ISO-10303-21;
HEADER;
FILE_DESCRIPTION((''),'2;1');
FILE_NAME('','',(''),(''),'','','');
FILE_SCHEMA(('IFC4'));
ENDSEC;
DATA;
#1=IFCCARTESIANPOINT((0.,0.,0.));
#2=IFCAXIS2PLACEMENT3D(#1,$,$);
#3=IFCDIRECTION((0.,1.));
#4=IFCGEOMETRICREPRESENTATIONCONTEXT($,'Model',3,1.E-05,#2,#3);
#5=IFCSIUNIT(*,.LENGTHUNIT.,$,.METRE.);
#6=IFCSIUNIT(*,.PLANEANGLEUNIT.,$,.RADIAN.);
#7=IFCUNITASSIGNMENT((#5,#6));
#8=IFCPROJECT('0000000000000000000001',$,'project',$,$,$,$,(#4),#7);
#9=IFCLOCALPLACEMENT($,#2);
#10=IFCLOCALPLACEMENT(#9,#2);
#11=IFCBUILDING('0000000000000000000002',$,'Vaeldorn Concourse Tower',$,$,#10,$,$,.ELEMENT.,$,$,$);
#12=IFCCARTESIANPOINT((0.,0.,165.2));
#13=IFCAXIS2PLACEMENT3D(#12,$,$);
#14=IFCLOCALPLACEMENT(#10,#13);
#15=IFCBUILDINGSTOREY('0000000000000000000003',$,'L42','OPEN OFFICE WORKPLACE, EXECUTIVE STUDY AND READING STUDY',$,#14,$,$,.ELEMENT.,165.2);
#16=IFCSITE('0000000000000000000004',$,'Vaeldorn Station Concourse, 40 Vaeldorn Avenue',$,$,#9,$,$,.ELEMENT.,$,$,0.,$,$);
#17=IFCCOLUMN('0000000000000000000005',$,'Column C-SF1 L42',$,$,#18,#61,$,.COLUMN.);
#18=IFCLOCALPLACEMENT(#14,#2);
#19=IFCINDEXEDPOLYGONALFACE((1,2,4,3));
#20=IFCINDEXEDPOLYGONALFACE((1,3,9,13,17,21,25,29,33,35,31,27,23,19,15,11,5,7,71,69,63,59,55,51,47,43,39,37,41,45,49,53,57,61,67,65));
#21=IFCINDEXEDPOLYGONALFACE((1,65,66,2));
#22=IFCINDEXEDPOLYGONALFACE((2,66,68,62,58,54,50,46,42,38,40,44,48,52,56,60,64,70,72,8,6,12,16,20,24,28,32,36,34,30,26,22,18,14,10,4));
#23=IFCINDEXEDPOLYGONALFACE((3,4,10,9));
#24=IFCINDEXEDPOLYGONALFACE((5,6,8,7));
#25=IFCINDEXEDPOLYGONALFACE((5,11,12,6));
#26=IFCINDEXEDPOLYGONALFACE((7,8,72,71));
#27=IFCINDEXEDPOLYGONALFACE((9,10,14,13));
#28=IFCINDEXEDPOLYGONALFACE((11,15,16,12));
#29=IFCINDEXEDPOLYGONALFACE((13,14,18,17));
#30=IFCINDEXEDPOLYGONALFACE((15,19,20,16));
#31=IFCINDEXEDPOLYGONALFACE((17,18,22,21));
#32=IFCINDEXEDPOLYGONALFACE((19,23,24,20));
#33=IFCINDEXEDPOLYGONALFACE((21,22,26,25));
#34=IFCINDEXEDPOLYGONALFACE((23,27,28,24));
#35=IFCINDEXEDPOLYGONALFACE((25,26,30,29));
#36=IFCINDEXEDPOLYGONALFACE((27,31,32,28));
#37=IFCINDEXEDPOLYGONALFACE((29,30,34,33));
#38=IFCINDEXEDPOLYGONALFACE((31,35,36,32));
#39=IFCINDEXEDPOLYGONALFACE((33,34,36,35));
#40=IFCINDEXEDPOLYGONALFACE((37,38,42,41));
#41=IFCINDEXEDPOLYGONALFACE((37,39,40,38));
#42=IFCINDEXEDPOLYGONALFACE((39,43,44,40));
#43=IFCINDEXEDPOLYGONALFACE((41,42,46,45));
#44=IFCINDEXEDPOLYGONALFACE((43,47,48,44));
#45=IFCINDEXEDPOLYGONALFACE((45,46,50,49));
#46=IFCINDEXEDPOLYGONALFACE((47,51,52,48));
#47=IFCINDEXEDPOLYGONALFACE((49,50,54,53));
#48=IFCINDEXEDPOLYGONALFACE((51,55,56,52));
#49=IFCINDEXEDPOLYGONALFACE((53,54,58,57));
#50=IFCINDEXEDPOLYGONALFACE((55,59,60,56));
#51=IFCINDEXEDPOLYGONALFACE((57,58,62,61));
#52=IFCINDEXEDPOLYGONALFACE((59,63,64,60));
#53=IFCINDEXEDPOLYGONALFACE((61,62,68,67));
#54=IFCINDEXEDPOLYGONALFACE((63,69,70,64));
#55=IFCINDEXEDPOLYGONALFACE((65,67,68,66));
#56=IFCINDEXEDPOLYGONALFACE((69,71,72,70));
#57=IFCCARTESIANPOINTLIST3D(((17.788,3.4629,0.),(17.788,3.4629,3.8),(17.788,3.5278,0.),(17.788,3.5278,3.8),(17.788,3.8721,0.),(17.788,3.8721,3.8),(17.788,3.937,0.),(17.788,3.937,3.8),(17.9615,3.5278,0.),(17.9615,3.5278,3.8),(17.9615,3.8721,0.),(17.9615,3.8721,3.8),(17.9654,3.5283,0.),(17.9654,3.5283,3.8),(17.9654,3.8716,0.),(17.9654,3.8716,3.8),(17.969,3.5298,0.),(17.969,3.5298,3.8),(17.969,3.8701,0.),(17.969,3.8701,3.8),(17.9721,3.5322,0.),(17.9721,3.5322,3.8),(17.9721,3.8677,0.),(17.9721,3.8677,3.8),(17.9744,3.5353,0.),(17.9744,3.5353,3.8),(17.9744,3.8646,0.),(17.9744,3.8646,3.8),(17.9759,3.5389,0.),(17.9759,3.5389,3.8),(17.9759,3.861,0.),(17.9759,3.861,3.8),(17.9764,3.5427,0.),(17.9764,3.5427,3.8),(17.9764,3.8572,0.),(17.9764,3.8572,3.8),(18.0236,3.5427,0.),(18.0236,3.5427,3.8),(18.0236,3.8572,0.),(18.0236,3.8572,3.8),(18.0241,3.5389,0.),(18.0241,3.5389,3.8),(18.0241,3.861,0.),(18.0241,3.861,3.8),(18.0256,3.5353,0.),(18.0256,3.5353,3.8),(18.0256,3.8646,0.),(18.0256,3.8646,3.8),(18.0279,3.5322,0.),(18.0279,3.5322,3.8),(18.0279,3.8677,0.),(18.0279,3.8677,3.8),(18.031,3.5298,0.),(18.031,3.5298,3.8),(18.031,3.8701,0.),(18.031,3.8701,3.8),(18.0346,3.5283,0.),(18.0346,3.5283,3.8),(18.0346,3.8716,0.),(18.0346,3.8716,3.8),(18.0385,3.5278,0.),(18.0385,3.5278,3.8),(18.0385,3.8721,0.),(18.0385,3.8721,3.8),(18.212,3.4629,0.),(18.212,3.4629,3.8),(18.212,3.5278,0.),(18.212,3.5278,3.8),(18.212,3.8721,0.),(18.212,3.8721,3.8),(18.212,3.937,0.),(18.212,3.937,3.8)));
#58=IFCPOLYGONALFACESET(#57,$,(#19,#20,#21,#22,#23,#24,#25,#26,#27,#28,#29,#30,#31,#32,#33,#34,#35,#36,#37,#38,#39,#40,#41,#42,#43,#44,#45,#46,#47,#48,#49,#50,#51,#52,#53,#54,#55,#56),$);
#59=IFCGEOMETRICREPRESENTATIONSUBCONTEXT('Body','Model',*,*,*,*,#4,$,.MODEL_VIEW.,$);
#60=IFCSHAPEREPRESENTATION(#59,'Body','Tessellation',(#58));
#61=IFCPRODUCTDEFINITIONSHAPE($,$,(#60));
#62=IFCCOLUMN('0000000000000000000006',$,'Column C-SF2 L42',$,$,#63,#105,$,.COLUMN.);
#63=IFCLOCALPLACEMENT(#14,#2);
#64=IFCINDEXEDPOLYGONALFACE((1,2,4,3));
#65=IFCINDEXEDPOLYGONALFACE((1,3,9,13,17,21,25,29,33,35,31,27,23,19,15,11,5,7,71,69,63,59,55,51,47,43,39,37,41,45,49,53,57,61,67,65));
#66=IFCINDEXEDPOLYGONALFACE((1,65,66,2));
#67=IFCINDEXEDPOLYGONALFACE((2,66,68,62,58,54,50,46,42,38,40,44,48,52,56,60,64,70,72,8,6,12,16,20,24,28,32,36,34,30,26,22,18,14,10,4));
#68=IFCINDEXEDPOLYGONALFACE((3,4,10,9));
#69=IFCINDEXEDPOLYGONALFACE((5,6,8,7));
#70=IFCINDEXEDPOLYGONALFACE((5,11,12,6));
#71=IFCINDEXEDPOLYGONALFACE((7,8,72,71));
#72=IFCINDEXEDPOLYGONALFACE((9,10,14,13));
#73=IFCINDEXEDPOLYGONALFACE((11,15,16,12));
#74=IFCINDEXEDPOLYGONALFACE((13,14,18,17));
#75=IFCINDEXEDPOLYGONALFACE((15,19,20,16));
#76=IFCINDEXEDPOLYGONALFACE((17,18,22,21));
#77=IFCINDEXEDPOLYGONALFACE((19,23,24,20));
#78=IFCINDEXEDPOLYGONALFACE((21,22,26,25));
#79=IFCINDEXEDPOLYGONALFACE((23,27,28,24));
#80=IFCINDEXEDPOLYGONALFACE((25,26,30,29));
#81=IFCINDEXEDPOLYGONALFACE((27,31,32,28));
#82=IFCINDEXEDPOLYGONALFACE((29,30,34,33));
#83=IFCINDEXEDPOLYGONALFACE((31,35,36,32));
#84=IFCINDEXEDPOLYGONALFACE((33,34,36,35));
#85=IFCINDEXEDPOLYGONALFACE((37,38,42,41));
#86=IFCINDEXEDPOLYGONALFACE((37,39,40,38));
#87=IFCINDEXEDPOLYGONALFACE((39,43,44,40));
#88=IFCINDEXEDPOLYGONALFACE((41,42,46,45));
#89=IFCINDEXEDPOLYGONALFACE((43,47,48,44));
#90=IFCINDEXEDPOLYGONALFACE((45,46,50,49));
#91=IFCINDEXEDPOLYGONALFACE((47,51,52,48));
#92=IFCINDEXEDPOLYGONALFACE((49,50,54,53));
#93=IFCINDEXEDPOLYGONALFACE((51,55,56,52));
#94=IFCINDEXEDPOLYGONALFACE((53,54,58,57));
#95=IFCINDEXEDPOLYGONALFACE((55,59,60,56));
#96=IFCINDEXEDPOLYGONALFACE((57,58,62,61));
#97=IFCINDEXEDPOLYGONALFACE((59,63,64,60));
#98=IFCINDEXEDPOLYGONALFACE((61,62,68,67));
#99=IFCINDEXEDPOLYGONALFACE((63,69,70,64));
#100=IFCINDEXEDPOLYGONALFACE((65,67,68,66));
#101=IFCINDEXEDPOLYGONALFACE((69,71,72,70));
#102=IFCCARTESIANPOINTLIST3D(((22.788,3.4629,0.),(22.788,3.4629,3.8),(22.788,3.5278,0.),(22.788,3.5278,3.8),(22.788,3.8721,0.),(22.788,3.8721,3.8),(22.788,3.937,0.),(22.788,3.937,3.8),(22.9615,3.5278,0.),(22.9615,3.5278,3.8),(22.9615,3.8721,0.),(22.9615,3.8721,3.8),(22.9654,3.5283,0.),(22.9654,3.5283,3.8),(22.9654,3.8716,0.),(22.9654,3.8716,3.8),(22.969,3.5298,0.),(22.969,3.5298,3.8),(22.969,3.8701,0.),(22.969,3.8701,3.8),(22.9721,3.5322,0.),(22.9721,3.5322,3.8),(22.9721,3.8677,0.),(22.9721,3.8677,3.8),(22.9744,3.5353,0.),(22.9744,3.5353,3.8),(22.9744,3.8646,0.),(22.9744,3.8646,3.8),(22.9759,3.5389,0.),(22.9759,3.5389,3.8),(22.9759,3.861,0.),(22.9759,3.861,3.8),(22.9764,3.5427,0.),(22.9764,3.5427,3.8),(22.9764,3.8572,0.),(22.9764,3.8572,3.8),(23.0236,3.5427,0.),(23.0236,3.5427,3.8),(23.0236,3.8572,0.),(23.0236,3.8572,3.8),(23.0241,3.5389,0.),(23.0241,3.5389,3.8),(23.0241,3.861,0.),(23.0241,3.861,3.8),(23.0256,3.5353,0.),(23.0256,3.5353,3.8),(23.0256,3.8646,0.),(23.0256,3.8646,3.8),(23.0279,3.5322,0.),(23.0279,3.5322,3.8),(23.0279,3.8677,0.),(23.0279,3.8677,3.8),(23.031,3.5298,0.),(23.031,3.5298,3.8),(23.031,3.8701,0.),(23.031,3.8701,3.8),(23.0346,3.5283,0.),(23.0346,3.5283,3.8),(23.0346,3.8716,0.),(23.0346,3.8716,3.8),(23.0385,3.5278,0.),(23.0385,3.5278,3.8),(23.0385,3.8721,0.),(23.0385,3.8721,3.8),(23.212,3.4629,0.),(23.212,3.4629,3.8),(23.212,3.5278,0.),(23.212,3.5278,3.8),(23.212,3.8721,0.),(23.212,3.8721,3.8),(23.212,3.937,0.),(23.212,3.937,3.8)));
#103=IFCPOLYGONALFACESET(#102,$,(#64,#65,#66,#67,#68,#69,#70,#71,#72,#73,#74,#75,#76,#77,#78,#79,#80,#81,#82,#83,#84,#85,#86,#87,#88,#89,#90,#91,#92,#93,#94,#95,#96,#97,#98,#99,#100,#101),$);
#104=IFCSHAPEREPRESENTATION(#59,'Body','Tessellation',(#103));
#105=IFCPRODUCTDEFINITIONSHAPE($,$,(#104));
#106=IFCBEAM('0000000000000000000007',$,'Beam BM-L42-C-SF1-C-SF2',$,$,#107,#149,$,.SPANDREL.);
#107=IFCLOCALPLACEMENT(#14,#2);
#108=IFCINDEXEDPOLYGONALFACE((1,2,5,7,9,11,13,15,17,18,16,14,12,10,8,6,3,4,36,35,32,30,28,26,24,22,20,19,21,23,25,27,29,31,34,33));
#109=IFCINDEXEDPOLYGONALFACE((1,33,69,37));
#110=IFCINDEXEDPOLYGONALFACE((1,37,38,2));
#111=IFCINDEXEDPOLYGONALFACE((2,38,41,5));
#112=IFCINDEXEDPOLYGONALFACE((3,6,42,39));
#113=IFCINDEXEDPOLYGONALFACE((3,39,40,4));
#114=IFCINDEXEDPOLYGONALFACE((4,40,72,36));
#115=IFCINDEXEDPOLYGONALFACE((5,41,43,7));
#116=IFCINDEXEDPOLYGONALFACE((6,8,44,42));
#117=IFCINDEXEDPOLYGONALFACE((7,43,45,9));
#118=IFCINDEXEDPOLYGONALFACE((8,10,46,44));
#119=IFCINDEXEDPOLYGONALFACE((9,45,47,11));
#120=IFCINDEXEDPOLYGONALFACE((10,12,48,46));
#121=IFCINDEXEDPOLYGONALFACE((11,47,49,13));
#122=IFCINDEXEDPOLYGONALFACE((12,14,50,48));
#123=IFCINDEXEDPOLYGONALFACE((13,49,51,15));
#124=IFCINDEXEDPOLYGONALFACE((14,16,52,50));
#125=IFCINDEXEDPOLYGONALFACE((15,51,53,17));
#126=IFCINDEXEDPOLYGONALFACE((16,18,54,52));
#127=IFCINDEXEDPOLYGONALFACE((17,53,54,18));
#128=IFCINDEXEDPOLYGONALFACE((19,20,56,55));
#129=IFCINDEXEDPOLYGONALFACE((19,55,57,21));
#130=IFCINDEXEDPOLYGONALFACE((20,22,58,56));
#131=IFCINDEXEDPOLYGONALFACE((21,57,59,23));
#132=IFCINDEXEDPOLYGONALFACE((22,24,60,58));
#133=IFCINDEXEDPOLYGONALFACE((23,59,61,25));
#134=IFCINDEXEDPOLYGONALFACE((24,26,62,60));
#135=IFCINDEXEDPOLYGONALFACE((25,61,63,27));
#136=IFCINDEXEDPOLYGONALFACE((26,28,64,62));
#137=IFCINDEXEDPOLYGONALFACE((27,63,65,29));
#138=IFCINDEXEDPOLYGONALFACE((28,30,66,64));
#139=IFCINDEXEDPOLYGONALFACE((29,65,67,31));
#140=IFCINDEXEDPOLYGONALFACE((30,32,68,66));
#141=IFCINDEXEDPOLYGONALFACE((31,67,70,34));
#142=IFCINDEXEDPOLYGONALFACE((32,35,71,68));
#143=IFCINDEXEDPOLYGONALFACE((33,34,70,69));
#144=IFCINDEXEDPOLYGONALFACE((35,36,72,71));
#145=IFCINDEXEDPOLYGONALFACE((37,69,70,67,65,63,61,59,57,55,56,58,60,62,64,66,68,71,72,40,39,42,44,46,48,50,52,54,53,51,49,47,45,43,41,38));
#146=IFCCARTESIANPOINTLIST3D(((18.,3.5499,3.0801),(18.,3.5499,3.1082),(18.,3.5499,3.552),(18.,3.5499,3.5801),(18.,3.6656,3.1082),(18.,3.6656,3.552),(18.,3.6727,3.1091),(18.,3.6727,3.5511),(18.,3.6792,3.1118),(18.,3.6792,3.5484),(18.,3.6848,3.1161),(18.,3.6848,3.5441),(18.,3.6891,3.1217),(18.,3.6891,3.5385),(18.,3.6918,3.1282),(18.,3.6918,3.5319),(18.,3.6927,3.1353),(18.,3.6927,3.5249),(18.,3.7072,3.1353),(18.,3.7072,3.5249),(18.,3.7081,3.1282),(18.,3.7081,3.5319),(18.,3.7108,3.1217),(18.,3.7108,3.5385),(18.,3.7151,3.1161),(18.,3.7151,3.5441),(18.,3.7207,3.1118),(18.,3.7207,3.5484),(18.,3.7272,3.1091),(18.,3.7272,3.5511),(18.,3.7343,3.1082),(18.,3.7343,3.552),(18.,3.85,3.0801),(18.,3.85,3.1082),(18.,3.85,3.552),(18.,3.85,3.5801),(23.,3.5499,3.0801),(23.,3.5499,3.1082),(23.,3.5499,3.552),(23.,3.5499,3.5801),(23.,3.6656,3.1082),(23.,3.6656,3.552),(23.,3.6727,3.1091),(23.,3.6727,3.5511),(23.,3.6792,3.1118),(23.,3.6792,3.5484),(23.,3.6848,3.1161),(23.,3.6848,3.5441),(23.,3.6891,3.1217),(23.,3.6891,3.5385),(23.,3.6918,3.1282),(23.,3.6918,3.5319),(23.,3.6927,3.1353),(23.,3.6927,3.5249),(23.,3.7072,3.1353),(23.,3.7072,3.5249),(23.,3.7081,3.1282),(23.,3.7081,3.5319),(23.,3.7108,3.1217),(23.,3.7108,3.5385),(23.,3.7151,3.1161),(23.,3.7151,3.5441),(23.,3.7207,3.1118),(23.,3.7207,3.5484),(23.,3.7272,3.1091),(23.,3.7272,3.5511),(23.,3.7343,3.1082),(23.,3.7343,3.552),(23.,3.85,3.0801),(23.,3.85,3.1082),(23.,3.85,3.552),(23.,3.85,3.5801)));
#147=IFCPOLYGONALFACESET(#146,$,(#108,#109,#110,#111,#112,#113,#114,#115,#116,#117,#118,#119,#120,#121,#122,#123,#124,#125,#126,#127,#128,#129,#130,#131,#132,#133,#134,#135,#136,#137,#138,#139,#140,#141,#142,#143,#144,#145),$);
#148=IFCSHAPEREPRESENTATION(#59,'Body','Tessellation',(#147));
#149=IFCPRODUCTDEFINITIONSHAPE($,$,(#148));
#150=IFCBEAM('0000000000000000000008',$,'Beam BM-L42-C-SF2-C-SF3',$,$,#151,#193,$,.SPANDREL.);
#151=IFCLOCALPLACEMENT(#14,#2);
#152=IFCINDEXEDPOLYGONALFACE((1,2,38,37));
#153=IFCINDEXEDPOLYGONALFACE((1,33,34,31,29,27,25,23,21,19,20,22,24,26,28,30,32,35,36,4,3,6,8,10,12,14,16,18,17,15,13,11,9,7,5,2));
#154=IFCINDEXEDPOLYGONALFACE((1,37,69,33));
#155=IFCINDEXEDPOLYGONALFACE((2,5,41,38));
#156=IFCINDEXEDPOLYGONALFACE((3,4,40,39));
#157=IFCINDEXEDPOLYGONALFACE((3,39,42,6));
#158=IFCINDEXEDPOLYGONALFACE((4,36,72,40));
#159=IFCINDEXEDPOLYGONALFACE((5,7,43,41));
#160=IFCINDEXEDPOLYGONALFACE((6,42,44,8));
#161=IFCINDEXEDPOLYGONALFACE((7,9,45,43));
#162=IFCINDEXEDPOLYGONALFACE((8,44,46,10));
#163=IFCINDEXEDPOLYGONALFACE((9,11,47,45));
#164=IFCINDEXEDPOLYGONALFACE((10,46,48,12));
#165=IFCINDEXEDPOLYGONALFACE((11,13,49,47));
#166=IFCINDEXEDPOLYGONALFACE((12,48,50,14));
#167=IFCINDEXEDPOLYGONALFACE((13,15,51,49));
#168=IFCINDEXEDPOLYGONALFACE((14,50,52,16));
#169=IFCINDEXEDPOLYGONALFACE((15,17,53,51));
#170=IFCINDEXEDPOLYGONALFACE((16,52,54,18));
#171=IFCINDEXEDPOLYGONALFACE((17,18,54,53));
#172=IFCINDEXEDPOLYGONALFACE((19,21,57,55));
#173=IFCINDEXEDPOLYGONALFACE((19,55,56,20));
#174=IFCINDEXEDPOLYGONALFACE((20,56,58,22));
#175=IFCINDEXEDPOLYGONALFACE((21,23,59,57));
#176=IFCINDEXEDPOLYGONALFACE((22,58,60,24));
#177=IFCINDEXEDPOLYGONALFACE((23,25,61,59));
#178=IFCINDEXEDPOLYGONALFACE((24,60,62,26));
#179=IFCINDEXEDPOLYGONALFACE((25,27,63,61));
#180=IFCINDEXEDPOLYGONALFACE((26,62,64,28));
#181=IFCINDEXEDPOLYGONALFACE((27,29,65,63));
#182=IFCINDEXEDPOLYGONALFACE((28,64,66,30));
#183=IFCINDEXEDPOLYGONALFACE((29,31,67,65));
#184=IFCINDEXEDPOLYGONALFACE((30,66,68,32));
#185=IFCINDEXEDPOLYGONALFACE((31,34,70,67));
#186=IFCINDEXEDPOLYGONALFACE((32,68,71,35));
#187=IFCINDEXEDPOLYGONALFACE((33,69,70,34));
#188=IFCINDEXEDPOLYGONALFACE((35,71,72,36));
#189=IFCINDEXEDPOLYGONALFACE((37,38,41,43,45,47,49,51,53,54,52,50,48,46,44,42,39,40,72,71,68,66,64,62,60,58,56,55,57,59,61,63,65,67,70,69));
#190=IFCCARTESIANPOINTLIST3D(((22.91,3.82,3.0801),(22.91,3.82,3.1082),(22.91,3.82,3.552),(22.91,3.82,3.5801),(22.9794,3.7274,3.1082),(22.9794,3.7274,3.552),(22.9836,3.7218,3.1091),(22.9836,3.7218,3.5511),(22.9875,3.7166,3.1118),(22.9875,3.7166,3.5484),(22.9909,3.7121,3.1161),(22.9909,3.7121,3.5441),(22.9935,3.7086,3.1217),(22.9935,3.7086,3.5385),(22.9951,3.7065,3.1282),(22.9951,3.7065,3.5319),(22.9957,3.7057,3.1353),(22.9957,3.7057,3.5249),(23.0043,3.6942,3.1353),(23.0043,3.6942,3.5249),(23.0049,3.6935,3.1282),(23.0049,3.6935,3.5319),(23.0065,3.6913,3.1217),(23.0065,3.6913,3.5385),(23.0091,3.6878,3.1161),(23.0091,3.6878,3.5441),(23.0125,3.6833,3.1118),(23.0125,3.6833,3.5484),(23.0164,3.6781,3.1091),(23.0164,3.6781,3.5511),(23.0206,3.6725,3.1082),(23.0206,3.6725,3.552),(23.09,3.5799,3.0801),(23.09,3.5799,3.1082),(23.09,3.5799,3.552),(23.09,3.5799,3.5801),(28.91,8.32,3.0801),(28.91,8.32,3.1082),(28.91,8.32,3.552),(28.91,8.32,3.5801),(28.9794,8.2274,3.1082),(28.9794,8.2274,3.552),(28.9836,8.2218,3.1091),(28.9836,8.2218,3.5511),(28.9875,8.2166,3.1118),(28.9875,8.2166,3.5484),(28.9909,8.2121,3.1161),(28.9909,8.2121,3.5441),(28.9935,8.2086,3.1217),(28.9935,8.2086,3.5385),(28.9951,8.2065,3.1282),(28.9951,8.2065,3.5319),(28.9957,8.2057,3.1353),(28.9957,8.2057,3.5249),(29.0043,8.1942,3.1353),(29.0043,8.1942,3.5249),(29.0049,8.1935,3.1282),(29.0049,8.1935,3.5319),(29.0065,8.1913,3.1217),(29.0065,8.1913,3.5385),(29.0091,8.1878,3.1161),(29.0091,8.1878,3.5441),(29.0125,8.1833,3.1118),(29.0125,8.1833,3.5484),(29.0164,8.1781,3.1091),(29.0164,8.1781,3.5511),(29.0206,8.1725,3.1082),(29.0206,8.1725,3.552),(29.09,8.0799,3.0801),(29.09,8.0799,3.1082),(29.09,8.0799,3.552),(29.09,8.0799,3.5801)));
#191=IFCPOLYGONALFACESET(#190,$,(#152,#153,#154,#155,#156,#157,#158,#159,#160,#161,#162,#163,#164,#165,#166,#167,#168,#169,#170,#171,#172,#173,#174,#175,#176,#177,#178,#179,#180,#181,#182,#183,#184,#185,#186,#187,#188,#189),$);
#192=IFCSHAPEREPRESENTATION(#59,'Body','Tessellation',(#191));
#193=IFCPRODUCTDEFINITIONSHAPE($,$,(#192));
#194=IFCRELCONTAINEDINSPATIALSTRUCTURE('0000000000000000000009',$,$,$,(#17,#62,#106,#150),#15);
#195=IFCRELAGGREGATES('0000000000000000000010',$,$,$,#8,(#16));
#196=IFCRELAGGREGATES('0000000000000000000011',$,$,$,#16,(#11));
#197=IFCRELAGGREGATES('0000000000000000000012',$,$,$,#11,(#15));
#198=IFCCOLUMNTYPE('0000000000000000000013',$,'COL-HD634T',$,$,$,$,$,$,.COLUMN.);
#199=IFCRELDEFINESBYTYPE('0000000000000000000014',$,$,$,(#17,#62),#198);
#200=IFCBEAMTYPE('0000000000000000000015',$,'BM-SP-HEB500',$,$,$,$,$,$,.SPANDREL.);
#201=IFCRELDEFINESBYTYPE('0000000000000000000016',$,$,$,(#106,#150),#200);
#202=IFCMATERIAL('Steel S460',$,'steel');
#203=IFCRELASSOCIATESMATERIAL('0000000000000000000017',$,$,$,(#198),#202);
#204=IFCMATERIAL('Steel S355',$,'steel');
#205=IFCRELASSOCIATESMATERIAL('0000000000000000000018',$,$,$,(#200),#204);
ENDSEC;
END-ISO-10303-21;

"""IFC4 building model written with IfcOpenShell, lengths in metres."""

from ifc_helpers import new_model, si_unit, direction, frame, origin, origin_2d, place, context, subcontext, project, spatial, i_section, extrude, source, transform, mapped, material, material_profile, profile_set, type_object, element, save


model = new_model("IFC4")

# Units and contexts
model_context = context("Model", 3, precision=1e-05, world=origin(), true_north=direction((0.0, 1.0)))
body_context = subcontext(model_context, "Body", "Model", "MODEL_VIEW")
ifc_project = project(units=[si_unit("LENGTHUNIT", "METRE"), si_unit("PLANEANGLEUNIT", "RADIAN")], contexts=[model_context])

# Site, building, storey
site_placement = place(None, origin())
site = spatial("IfcSite", under=ifc_project, at=site_placement, Name="Vaeldorn Station Concourse, 40 Vaeldorn Avenue", CompositionType="ELEMENT", RefElevation=0.0)
building_placement = place(site_placement, origin())
building = spatial("IfcBuilding", under=site, at=building_placement, Name="Vaeldorn Concourse Tower", CompositionType="ELEMENT")
storey_placement = place(building_placement, frame((0.0, 0.0, 165.2)))
storey = spatial("IfcBuildingStorey", under=building, at=storey_placement, Name="L42", Description="OPEN OFFICE WORKPLACE, EXECUTIVE STUDY AND READING STUDY", CompositionType="ELEMENT", Elevation=165.2)

# Columns
ifc_material_1 = material(Name="Steel S460", Category="steel")
ifc_material_profile_1 = material_profile(ifc_material_1, i_section(OverallWidth=0.4241, OverallDepth=0.4741, WebThickness=0.0471, FlangeThickness=0.0649, FilletRadius=0.0149, at=origin_2d()), Name="HD 400x634")
ifc_profile_set_1 = profile_set([ifc_material_profile_1], Name="Steel S460")
column_type = type_object("IfcColumnType", Name="COL-HD634T", PredefinedType="COLUMN", material=ifc_profile_set_1)
shared_shape_1 = source(origin(), body_context, "Body", "SweptSolid", [
    extrude(i_section(OverallWidth=0.4241, OverallDepth=0.4741, WebThickness=0.0471, FlangeThickness=0.0649, FilletRadius=0.0149, at=origin_2d()), origin(), (0.0, 0.0, 1.0), 3.8),
])
for number, where, z_axis, x_axis, name in (
    (1, (18.0, 3.7, 0.0), (0.0, 0.0, 1.0), (1.0, 0.0, 0.0), "Column C-SF1 L42"),
    (2, (23.0, 3.7, 0.0), (0.0, 0.0, 1.0), (1.0, 0.0, 0.0), "Column C-SF2 L42"),
):
    element("IfcColumn", number, at=place(storey_placement, frame(where, z_axis=z_axis, x_axis=x_axis)), inside=storey, type_object=column_type, Name=name, PredefinedType="COLUMN", context=body_context, shape_type="MappedRepresentation", body=[
        mapped(shared_shape_1, transform((0.0, 0.0, 0.0), scale=1.0)),
    ])

# Beams
ifc_material_2 = material(Name="Steel S355", Category="steel")
ifc_material_profile_2 = material_profile(ifc_material_2, i_section(OverallWidth=0.3, OverallDepth=0.5, WebThickness=0.0144, FlangeThickness=0.0281, FilletRadius=0.0271, at=origin_2d()), Name="HEB 500")
ifc_profile_set_2 = profile_set([ifc_material_profile_2], Name="Steel S355")
beam_type_1 = type_object("IfcBeamType", Name="BM-SP-HEB500", PredefinedType="SPANDREL", material=ifc_profile_set_2)
shared_shape_2 = source(origin(), body_context, "Body", "SweptSolid", [
    extrude(i_section(OverallWidth=0.3, OverallDepth=0.5, WebThickness=0.0144, FlangeThickness=0.0281, FilletRadius=0.0271, at=origin_2d()), origin(), (0.0, 0.0, 1.0), 5.0),
])
beam_1_placement = place(storey_placement, frame((18.0, 3.7, 3.3301), z_axis=(1.0, 0.0, 0.0), x_axis=(0.0, 1.0, 0.0)))
element("IfcBeam", 3, at=beam_1_placement, inside=storey, type_object=beam_type_1, Name="Beam BM-L42-C-SF1-C-SF2", PredefinedType="SPANDREL", context=body_context, shape_type="MappedRepresentation", body=[
    mapped(shared_shape_2, transform((0.0, 0.0, 0.0), scale=1.0)),
])
shared_shape_3 = source(origin(), body_context, "Body", "SweptSolid", [
    extrude(i_section(OverallWidth=0.3, OverallDepth=0.5, WebThickness=0.0144, FlangeThickness=0.0281, FilletRadius=0.0271, at=origin_2d()), origin(), (0.0, 0.0, 1.0), 7.5),
])
beam_2_placement = place(storey_placement, frame((23.0, 3.7, 3.3301), z_axis=(0.8, 0.6, 0.0), x_axis=(-0.6, 0.8, 0.0)))
element("IfcBeam", 4, at=beam_2_placement, inside=storey, type_object=beam_type_1, Name="Beam BM-L42-C-SF2-C-SF3", PredefinedType="SPANDREL", context=body_context, shape_type="MappedRepresentation", body=[
    mapped(shared_shape_3, transform((0.0, 0.0, 0.0), scale=1.0)),
])

save(model, "model.ifc")
